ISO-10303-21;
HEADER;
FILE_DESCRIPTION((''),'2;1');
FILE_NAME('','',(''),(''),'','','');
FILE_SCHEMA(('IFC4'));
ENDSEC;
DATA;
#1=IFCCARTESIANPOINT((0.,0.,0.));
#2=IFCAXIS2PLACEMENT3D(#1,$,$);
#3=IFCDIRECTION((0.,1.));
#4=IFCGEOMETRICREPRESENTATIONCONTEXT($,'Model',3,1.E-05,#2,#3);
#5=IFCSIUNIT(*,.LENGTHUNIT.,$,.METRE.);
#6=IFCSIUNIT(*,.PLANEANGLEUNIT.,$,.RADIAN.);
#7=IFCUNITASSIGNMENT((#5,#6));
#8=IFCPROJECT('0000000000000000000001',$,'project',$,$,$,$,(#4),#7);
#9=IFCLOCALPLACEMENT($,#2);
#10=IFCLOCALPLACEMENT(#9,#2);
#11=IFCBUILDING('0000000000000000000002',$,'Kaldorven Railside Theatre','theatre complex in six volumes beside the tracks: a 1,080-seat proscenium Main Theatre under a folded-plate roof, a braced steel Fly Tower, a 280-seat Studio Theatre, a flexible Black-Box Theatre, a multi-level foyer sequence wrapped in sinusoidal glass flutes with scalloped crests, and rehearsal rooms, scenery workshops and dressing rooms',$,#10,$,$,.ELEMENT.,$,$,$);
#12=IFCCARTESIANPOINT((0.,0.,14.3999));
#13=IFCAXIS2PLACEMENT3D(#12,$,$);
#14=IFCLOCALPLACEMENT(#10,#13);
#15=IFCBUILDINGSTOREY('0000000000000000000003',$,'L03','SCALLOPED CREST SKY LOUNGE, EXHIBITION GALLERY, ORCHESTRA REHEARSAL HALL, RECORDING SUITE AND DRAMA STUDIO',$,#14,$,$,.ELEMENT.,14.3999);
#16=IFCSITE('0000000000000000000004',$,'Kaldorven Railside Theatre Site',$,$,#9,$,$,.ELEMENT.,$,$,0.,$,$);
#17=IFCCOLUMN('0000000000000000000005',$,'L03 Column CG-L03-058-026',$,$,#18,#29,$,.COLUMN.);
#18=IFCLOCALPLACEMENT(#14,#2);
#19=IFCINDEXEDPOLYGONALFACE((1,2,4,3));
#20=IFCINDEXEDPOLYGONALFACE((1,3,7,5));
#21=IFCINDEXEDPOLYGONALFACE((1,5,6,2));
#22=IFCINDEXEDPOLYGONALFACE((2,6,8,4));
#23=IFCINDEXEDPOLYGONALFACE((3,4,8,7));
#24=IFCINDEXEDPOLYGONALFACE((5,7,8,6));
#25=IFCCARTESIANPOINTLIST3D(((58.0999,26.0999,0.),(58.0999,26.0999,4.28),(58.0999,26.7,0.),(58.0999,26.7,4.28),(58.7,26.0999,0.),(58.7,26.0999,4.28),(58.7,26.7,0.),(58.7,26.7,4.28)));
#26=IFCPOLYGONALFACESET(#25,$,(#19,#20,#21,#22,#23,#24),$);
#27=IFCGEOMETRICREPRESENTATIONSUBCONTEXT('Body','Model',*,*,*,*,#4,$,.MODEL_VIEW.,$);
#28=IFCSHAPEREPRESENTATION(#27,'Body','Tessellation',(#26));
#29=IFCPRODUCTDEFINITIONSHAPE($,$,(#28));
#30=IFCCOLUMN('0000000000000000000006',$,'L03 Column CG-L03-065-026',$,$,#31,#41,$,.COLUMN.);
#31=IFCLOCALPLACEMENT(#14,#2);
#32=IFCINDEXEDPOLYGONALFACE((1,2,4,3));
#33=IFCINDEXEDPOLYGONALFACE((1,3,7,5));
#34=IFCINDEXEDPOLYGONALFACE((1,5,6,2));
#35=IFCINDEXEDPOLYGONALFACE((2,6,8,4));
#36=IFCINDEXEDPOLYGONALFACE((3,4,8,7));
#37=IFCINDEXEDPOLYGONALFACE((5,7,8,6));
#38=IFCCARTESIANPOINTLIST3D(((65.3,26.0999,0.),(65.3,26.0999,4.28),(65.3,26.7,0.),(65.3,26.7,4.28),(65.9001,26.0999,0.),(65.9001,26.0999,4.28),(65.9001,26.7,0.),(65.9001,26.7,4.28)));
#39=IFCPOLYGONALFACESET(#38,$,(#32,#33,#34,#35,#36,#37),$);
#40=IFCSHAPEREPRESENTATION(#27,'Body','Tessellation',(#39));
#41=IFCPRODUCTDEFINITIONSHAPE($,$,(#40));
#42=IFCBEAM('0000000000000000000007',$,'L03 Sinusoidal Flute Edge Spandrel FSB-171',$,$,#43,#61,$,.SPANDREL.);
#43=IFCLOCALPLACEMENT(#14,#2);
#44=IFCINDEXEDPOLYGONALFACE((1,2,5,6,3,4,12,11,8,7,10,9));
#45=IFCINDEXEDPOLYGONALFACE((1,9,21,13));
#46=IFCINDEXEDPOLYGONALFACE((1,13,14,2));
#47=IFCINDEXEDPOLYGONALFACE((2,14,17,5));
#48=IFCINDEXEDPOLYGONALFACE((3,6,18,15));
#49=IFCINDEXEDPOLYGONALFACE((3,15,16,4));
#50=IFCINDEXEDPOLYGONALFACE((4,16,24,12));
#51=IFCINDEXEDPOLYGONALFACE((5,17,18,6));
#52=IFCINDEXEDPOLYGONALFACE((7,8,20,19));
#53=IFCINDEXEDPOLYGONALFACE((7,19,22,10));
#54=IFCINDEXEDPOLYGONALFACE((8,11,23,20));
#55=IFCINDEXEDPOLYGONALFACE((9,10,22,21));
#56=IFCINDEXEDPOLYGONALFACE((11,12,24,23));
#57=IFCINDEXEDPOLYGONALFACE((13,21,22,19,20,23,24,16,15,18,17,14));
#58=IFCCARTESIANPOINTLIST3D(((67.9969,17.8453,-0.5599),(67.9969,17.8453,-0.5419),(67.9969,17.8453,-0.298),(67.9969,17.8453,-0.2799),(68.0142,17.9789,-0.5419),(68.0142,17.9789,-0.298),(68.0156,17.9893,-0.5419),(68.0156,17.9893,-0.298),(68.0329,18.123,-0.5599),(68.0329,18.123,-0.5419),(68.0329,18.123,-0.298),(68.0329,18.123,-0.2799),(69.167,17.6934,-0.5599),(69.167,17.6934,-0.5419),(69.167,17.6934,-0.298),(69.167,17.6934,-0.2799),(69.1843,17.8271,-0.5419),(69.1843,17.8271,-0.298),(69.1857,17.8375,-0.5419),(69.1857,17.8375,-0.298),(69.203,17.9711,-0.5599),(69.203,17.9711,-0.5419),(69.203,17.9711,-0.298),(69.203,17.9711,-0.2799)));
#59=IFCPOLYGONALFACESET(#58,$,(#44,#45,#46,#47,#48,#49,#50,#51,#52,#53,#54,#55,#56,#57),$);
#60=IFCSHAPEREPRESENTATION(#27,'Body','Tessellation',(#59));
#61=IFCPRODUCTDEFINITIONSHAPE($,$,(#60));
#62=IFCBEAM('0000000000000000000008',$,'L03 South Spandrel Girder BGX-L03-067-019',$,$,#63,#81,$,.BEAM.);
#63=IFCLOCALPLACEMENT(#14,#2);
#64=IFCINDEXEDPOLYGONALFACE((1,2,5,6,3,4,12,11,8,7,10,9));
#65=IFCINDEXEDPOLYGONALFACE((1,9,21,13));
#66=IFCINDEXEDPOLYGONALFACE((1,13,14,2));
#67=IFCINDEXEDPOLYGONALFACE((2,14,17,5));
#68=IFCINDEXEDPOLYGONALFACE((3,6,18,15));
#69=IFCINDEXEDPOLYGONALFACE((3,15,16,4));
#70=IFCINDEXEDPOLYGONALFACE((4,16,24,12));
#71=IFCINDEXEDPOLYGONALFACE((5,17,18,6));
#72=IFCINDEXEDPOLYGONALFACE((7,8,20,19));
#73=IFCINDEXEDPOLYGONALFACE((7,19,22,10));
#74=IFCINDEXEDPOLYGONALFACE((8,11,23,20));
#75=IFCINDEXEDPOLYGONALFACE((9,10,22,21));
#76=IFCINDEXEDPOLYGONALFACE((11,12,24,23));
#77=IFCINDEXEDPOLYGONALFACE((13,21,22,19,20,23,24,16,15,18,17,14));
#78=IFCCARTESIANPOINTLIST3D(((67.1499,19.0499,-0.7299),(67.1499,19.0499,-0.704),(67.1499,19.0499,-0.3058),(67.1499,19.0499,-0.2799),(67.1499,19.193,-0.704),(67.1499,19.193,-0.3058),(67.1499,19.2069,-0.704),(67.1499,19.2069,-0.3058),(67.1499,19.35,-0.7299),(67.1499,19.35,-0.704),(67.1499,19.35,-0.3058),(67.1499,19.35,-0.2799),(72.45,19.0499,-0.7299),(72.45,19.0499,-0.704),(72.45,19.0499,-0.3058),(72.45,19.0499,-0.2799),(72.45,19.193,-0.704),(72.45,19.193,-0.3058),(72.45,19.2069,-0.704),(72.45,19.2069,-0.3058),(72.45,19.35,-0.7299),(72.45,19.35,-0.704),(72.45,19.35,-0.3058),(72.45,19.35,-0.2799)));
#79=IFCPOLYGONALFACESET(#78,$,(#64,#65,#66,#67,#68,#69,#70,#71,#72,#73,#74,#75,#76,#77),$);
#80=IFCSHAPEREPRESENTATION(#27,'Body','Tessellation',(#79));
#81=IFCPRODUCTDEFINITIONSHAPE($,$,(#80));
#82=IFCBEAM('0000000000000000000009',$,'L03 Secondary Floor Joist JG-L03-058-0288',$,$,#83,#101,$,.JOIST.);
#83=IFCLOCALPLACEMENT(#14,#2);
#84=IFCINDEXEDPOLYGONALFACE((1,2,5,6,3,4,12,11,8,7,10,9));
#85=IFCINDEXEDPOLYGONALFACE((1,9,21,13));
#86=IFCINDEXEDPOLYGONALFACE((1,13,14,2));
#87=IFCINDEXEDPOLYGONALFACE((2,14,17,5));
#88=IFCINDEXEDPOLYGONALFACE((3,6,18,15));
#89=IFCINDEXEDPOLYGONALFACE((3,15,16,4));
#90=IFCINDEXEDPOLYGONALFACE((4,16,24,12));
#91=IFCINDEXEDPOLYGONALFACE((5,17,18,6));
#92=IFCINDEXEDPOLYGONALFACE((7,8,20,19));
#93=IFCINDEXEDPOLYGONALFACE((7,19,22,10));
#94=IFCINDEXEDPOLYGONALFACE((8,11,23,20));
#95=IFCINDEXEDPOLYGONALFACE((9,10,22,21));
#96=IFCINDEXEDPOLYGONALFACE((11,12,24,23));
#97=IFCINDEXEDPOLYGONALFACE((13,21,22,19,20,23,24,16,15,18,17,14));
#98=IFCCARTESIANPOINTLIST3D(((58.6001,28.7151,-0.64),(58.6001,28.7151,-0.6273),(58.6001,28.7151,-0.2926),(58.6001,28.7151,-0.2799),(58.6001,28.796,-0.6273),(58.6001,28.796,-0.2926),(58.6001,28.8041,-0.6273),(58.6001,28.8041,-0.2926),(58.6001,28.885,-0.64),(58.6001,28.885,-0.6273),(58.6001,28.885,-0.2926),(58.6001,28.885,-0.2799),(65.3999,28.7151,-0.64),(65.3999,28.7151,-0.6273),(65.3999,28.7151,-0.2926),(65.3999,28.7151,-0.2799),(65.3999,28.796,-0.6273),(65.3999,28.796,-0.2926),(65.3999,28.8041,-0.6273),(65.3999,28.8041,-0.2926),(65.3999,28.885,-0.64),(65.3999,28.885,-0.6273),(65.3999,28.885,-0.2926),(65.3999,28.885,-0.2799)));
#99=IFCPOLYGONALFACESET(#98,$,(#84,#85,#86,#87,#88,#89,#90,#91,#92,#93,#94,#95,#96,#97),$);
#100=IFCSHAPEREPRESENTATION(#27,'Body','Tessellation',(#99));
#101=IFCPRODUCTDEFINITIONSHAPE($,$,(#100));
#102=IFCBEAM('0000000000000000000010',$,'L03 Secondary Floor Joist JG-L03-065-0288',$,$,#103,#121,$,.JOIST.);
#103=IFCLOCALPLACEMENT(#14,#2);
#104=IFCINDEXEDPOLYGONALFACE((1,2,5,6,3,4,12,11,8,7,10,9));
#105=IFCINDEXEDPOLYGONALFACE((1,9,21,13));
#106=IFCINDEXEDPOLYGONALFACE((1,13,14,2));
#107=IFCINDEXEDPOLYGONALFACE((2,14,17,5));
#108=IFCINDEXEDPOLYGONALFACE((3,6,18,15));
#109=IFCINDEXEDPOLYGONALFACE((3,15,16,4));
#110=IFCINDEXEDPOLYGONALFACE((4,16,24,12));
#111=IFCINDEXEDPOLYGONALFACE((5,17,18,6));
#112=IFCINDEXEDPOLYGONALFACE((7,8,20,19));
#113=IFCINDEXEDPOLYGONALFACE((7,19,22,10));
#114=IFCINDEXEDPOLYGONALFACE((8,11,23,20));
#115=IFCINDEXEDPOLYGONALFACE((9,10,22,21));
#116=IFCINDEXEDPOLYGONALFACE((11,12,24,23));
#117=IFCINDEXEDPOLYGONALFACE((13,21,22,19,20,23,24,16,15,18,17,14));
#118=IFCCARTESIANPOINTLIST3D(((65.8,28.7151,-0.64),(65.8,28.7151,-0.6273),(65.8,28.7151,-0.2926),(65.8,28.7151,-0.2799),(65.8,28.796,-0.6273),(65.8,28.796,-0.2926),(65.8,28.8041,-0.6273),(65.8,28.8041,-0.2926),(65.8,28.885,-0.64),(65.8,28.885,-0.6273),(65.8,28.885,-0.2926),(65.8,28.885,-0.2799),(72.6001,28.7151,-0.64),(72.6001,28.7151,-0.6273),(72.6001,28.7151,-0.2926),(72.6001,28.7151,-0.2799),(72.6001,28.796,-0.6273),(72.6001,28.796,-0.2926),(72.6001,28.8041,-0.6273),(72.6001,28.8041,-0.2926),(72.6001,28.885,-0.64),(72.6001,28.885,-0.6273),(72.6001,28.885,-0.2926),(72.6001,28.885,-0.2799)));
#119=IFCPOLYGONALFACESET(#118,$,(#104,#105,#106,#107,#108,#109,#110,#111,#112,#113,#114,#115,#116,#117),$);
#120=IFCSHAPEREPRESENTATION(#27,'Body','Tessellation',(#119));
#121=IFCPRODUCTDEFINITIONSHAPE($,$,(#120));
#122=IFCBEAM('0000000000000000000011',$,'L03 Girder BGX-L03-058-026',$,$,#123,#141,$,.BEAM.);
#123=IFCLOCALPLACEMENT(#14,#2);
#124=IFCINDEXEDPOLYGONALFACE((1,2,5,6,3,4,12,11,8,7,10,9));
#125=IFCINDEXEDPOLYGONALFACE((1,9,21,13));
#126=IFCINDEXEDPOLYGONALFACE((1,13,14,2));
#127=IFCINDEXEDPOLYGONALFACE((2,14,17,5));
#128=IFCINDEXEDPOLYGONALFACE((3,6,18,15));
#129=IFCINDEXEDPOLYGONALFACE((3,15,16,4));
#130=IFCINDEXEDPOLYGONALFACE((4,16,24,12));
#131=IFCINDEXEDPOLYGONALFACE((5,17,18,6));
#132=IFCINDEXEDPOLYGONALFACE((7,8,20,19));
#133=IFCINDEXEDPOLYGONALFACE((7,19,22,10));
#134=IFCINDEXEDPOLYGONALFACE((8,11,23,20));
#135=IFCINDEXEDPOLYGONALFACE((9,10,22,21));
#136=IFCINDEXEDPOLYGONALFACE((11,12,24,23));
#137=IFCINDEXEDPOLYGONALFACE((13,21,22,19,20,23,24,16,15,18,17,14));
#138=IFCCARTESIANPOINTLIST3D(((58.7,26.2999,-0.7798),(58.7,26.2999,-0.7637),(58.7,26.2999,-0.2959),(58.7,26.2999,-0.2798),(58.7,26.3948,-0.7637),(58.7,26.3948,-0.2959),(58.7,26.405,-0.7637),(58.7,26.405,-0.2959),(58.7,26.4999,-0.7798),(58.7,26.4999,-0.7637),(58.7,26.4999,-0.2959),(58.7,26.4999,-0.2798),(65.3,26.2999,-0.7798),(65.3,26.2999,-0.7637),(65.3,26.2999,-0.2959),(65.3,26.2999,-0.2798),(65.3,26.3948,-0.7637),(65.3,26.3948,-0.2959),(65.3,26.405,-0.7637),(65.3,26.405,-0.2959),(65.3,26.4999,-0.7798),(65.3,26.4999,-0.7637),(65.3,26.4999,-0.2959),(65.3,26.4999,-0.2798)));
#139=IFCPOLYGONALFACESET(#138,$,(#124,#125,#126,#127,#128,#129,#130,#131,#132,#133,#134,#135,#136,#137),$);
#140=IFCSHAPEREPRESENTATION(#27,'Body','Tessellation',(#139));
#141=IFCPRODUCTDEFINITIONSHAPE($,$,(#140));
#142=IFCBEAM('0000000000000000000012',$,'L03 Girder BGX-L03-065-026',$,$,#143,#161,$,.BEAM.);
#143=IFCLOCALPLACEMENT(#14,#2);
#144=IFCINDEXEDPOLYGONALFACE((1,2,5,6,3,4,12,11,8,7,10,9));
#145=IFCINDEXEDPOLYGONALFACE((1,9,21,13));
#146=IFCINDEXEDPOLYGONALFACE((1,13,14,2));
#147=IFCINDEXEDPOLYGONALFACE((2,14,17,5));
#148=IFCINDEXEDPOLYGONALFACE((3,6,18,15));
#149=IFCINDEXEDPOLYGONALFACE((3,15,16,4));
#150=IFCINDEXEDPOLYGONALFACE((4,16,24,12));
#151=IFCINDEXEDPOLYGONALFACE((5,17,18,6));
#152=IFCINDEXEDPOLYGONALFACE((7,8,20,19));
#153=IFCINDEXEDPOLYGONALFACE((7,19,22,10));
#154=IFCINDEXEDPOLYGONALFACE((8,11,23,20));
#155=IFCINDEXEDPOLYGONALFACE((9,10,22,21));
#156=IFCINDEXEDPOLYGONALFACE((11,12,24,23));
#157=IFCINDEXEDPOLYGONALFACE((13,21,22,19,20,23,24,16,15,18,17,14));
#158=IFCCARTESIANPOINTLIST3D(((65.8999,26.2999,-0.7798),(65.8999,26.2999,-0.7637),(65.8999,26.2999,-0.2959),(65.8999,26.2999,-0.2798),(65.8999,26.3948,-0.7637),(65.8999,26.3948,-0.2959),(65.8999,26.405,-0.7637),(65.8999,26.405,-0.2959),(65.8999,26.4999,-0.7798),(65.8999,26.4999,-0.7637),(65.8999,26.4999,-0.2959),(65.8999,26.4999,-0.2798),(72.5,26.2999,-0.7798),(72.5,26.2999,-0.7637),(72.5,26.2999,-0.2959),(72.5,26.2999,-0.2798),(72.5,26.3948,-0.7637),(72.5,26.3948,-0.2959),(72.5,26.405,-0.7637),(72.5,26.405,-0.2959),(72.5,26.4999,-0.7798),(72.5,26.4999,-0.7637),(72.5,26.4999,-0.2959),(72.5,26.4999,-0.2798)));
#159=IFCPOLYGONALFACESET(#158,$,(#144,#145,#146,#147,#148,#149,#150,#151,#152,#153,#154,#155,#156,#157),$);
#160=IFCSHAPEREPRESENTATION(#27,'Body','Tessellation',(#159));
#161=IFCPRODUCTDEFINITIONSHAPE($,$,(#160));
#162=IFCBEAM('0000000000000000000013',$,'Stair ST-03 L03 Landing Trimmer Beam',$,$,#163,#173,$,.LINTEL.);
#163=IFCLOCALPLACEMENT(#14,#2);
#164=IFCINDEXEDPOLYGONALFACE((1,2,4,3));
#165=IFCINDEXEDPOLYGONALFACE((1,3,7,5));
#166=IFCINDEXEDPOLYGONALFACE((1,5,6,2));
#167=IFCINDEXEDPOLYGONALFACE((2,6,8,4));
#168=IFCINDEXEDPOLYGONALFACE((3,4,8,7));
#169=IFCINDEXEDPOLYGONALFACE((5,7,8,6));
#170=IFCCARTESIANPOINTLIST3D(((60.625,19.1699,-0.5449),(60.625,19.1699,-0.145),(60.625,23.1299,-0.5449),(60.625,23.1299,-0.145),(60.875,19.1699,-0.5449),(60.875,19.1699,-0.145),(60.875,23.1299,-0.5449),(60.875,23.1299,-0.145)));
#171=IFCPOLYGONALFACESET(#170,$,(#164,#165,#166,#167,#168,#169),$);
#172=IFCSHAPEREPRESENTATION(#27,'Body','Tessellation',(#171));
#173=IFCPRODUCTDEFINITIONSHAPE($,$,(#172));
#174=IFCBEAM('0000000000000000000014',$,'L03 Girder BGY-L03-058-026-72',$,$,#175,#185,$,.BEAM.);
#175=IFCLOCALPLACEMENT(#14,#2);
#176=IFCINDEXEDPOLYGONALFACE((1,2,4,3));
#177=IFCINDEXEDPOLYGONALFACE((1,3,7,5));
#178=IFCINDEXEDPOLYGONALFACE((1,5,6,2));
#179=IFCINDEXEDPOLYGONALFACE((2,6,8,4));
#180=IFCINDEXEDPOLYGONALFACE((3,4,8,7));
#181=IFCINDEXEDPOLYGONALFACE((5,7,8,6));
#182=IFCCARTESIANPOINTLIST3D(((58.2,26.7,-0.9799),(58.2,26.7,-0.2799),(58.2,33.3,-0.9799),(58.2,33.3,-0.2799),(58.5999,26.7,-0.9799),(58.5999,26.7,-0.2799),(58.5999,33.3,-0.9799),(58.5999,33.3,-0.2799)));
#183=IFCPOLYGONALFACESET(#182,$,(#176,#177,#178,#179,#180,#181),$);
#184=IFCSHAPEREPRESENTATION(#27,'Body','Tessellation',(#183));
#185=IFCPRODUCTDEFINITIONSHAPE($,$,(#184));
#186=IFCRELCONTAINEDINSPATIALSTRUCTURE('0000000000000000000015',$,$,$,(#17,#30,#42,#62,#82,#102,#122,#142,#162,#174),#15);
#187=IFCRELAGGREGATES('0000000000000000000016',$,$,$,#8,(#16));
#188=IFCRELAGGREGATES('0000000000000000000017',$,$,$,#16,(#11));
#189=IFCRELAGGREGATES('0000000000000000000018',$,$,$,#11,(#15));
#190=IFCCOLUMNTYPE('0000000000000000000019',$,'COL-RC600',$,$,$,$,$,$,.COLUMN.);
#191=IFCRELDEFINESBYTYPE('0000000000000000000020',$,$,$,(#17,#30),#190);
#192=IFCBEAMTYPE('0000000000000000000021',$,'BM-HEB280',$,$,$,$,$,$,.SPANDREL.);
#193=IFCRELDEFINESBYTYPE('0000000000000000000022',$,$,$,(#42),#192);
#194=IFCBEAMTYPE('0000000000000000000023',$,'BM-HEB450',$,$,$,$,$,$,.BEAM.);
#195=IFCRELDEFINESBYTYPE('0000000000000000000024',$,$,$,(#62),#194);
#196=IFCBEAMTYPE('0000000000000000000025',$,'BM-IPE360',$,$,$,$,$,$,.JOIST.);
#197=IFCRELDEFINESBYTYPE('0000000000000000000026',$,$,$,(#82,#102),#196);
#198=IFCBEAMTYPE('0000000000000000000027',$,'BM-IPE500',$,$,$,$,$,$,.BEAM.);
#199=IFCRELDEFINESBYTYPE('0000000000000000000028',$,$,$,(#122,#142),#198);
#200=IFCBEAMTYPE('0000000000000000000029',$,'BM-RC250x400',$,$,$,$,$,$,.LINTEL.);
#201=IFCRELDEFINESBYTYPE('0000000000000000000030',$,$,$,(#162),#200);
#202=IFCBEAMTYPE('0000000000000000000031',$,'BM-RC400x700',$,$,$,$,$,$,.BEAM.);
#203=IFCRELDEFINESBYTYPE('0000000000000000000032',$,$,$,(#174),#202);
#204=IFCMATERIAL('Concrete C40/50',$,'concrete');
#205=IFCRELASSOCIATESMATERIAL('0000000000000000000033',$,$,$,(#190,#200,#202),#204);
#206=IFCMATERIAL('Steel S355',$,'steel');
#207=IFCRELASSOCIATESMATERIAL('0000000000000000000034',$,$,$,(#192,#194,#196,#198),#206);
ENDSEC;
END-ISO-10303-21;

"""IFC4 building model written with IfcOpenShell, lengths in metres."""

from ifc_helpers import new_model, si_unit, direction, frame, origin, origin_2d, place, context, subcontext, project, spatial, rectangle, i_section, extrude, material, material_profile, profile_set, type_object, element, save


model = new_model("IFC4")

# Units and contexts
model_context = context("Model", 3, precision=1e-05, world=origin(), true_north=direction((0.0, 1.0)))
body_context = subcontext(model_context, "Body", "Model", "MODEL_VIEW")
ifc_project = project(units=[si_unit("LENGTHUNIT", "METRE"), si_unit("PLANEANGLEUNIT", "RADIAN")], contexts=[model_context])

# Site, building, storey
site_placement = place(None, origin())
site = spatial("IfcSite", under=ifc_project, at=site_placement, Name="Kaldorven Railside Theatre Site", CompositionType="ELEMENT", RefElevation=0.0)
building_placement = place(site_placement, origin())
building = spatial("IfcBuilding", under=site, at=building_placement, Name="Kaldorven Railside Theatre", Description="theatre complex in six volumes beside the tracks: a 1,080-seat proscenium Main Theatre under a folded-plate roof, a braced steel Fly Tower, a 280-seat Studio Theatre, a flexible Black-Box Theatre, a multi-level foyer sequence wrapped in sinusoidal glass flutes with scalloped crests, and rehearsal rooms, scenery workshops and dressing rooms", CompositionType="ELEMENT")
storey_placement = place(building_placement, frame((0.0, 0.0, 14.3999)))
storey = spatial("IfcBuildingStorey", under=building, at=storey_placement, Name="L03", Description="SCALLOPED CREST SKY LOUNGE, EXHIBITION GALLERY, ORCHESTRA REHEARSAL HALL, RECORDING SUITE AND DRAMA STUDIO", CompositionType="ELEMENT", Elevation=14.3999)

# Columns
ifc_material_1 = material(Name="Concrete C40/50", Category="concrete")
ifc_material_profile_1 = material_profile(ifc_material_1, rectangle(XDim=0.6001, YDim=0.6001, at=origin_2d()), Name="RC 600x600")
ifc_profile_set_1 = profile_set([ifc_material_profile_1], Name="Concrete C40/50")
column_type = type_object("IfcColumnType", Name="COL-RC600", PredefinedType="COLUMN", material=ifc_profile_set_1)
for number, where, z_axis, x_axis, name in (
    (1, (58.3999, 26.3999, 0.0), (0.0, 0.0, 1.0), (1.0, 0.0, 0.0), "L03 Column CG-L03-058-026"),
    (2, (65.6001, 26.3999, 0.0), (0.0, 0.0, 1.0), (1.0, 0.0, 0.0), "L03 Column CG-L03-065-026"),
):
    element("IfcColumn", number, at=place(storey_placement, frame(where, z_axis=z_axis, x_axis=x_axis)), inside=storey, type_object=column_type, Name=name, PredefinedType="COLUMN", context=body_context, shape_type="SweptSolid", body=[
        extrude(rectangle(XDim=0.6001, YDim=0.6001, at=origin_2d()), origin(), (0.0, 0.0, 1.0), 4.28),
    ])

# Beams
ifc_material_2 = material(Name="Steel S355", Category="steel")
ifc_material_profile_2 = material_profile(ifc_material_2, i_section(OverallWidth=0.28, OverallDepth=0.28, WebThickness=0.0105, FlangeThickness=0.0181, at=origin_2d()), Name="HEB 280")
ifc_profile_set_2 = profile_set([ifc_material_profile_2], Name="Steel S355")
beam_type_1 = type_object("IfcBeamType", Name="BM-HEB280", PredefinedType="SPANDREL", material=ifc_profile_set_2)
beam_1_placement = place(storey_placement, frame((68.0149, 17.9841, -0.4199), z_axis=(0.991684, -0.128693, 0.0), x_axis=(0.128693, 0.991684, 0.0)))
element("IfcBeam", 3, at=beam_1_placement, inside=storey, type_object=beam_type_1, Name="L03 Sinusoidal Flute Edge Spandrel FSB-171", PredefinedType="SPANDREL", context=body_context, shape_type="SweptSolid", body=[
    extrude(i_section(OverallWidth=0.28, OverallDepth=0.28, WebThickness=0.0105, FlangeThickness=0.0181, at=origin_2d()), origin(), (0.0, 0.0, 1.0), 1.1799),
])
ifc_material_profile_3 = material_profile(ifc_material_2, i_section(OverallWidth=0.3, OverallDepth=0.45, WebThickness=0.0139, FlangeThickness=0.0259, at=origin_2d()), Name="HEB 450")
ifc_profile_set_3 = profile_set([ifc_material_profile_3], Name="Steel S355")
beam_type_2 = type_object("IfcBeamType", Name="BM-HEB450", PredefinedType="BEAM", material=ifc_profile_set_3)
beam_2_placement = place(storey_placement, frame((67.1499, 19.2, -0.5049), z_axis=(1.0, 0.0, 0.0), x_axis=(0.0, 1.0, 0.0)))
element("IfcBeam", 4, at=beam_2_placement, inside=storey, type_object=beam_type_2, Name="L03 South Spandrel Girder BGX-L03-067-019", PredefinedType="BEAM", context=body_context, shape_type="SweptSolid", body=[
    extrude(i_section(OverallWidth=0.3, OverallDepth=0.45, WebThickness=0.0139, FlangeThickness=0.0259, at=origin_2d()), origin(), (0.0, 0.0, 1.0), 5.3),
])
ifc_material_profile_4 = material_profile(ifc_material_2, i_section(OverallWidth=0.1699, OverallDepth=0.3601, WebThickness=0.0081, FlangeThickness=0.0127, at=origin_2d()), Name="IPE 360")
ifc_profile_set_4 = profile_set([ifc_material_profile_4], Name="Steel S355")
beam_type_3 = type_object("IfcBeamType", Name="BM-IPE360", PredefinedType="JOIST", material=ifc_profile_set_4)
beam_3_placement = place(storey_placement, frame((58.6001, 28.8, -0.46), z_axis=(1.0, 0.0, 0.0), x_axis=(0.0, 1.0, 0.0)))
element("IfcBeam", 5, at=beam_3_placement, inside=storey, type_object=beam_type_3, Name="L03 Secondary Floor Joist JG-L03-058-0288", PredefinedType="JOIST", context=body_context, shape_type="SweptSolid", body=[
    extrude(i_section(OverallWidth=0.1699, OverallDepth=0.3601, WebThickness=0.0081, FlangeThickness=0.0127, at=origin_2d()), origin(), (0.0, 0.0, 1.0), 6.7998),
])
beam_4_placement = place(storey_placement, frame((65.8, 28.8, -0.46), z_axis=(1.0, 0.0, 0.0), x_axis=(0.0, 1.0, 0.0)))
element("IfcBeam", 6, at=beam_4_placement, inside=storey, type_object=beam_type_3, Name="L03 Secondary Floor Joist JG-L03-065-0288", PredefinedType="JOIST", context=body_context, shape_type="SweptSolid", body=[
    extrude(i_section(OverallWidth=0.1699, OverallDepth=0.3601, WebThickness=0.0081, FlangeThickness=0.0127, at=origin_2d()), origin(), (0.0, 0.0, 1.0), 6.8),
])
ifc_material_profile_5 = material_profile(ifc_material_2, i_section(OverallWidth=0.2, OverallDepth=0.5, WebThickness=0.0103, FlangeThickness=0.0161, at=origin_2d()), Name="IPE 500")
ifc_profile_set_5 = profile_set([ifc_material_profile_5], Name="Steel S355")
beam_type_4 = type_object("IfcBeamType", Name="BM-IPE500", PredefinedType="BEAM", material=ifc_profile_set_5)
for number, where, z_axis, x_axis, name in (
    (7, (58.7, 26.3999, -0.5298), (1.0, 0.0, 0.0), (0.0, 1.0, 0.0), "L03 Girder BGX-L03-058-026"),
    (8, (65.8999, 26.3999, -0.5298), (1.0, 0.0, 0.0), (0.0, 1.0, 0.0), "L03 Girder BGX-L03-065-026"),
):
    element("IfcBeam", number, at=place(storey_placement, frame(where, z_axis=z_axis, x_axis=x_axis)), inside=storey, type_object=beam_type_4, Name=name, PredefinedType="BEAM", context=body_context, shape_type="SweptSolid", body=[
        extrude(i_section(OverallWidth=0.2, OverallDepth=0.5, WebThickness=0.0103, FlangeThickness=0.0161, at=origin_2d()), origin(), (0.0, 0.0, 1.0), 6.6001),
    ])
ifc_material_profile_6 = material_profile(ifc_material_1, rectangle(XDim=0.25, YDim=0.3999, at=origin_2d()), Name="RC 250x400")
ifc_profile_set_6 = profile_set([ifc_material_profile_6], Name="Concrete C40/50")
beam_type_5 = type_object("IfcBeamType", Name="BM-RC250x400", PredefinedType="LINTEL", material=ifc_profile_set_6)
beam_5_placement = place(storey_placement, frame((60.75, 19.1699, -0.345), z_axis=(0.0, 1.0, 0.0), x_axis=(-1.0, 0.0, 0.0)))
element("IfcBeam", 9, at=beam_5_placement, inside=storey, type_object=beam_type_5, Name="Stair ST-03 L03 Landing Trimmer Beam", PredefinedType="LINTEL", context=body_context, shape_type="SweptSolid", body=[
    extrude(rectangle(XDim=0.25, YDim=0.3999, at=origin_2d()), origin(), (0.0, 0.0, 1.0), 3.96),
])
ifc_material_profile_7 = material_profile(ifc_material_1, rectangle(XDim=0.3999, YDim=0.7, at=origin_2d()), Name="RC 400x700")
ifc_profile_set_7 = profile_set([ifc_material_profile_7], Name="Concrete C40/50")
beam_type_6 = type_object("IfcBeamType", Name="BM-RC400x700", PredefinedType="BEAM", material=ifc_profile_set_7)
for number, where, z_axis, x_axis, name in (
    (10, (58.3999, 26.7, -0.6299), (0.0, 1.0, 0.0), (-1.0, 0.0, 0.0), "L03 Girder BGY-L03-058-026-72"),
):
    element("IfcBeam", number, at=place(storey_placement, frame(where, z_axis=z_axis, x_axis=x_axis)), inside=storey, type_object=beam_type_6, Name=name, PredefinedType="BEAM", context=body_context, shape_type="SweptSolid", body=[
        extrude(rectangle(XDim=0.3999, YDim=0.7, at=origin_2d()), origin(), (0.0, 0.0, 1.0), 6.6001),
    ])

save(model, "model.ifc")
